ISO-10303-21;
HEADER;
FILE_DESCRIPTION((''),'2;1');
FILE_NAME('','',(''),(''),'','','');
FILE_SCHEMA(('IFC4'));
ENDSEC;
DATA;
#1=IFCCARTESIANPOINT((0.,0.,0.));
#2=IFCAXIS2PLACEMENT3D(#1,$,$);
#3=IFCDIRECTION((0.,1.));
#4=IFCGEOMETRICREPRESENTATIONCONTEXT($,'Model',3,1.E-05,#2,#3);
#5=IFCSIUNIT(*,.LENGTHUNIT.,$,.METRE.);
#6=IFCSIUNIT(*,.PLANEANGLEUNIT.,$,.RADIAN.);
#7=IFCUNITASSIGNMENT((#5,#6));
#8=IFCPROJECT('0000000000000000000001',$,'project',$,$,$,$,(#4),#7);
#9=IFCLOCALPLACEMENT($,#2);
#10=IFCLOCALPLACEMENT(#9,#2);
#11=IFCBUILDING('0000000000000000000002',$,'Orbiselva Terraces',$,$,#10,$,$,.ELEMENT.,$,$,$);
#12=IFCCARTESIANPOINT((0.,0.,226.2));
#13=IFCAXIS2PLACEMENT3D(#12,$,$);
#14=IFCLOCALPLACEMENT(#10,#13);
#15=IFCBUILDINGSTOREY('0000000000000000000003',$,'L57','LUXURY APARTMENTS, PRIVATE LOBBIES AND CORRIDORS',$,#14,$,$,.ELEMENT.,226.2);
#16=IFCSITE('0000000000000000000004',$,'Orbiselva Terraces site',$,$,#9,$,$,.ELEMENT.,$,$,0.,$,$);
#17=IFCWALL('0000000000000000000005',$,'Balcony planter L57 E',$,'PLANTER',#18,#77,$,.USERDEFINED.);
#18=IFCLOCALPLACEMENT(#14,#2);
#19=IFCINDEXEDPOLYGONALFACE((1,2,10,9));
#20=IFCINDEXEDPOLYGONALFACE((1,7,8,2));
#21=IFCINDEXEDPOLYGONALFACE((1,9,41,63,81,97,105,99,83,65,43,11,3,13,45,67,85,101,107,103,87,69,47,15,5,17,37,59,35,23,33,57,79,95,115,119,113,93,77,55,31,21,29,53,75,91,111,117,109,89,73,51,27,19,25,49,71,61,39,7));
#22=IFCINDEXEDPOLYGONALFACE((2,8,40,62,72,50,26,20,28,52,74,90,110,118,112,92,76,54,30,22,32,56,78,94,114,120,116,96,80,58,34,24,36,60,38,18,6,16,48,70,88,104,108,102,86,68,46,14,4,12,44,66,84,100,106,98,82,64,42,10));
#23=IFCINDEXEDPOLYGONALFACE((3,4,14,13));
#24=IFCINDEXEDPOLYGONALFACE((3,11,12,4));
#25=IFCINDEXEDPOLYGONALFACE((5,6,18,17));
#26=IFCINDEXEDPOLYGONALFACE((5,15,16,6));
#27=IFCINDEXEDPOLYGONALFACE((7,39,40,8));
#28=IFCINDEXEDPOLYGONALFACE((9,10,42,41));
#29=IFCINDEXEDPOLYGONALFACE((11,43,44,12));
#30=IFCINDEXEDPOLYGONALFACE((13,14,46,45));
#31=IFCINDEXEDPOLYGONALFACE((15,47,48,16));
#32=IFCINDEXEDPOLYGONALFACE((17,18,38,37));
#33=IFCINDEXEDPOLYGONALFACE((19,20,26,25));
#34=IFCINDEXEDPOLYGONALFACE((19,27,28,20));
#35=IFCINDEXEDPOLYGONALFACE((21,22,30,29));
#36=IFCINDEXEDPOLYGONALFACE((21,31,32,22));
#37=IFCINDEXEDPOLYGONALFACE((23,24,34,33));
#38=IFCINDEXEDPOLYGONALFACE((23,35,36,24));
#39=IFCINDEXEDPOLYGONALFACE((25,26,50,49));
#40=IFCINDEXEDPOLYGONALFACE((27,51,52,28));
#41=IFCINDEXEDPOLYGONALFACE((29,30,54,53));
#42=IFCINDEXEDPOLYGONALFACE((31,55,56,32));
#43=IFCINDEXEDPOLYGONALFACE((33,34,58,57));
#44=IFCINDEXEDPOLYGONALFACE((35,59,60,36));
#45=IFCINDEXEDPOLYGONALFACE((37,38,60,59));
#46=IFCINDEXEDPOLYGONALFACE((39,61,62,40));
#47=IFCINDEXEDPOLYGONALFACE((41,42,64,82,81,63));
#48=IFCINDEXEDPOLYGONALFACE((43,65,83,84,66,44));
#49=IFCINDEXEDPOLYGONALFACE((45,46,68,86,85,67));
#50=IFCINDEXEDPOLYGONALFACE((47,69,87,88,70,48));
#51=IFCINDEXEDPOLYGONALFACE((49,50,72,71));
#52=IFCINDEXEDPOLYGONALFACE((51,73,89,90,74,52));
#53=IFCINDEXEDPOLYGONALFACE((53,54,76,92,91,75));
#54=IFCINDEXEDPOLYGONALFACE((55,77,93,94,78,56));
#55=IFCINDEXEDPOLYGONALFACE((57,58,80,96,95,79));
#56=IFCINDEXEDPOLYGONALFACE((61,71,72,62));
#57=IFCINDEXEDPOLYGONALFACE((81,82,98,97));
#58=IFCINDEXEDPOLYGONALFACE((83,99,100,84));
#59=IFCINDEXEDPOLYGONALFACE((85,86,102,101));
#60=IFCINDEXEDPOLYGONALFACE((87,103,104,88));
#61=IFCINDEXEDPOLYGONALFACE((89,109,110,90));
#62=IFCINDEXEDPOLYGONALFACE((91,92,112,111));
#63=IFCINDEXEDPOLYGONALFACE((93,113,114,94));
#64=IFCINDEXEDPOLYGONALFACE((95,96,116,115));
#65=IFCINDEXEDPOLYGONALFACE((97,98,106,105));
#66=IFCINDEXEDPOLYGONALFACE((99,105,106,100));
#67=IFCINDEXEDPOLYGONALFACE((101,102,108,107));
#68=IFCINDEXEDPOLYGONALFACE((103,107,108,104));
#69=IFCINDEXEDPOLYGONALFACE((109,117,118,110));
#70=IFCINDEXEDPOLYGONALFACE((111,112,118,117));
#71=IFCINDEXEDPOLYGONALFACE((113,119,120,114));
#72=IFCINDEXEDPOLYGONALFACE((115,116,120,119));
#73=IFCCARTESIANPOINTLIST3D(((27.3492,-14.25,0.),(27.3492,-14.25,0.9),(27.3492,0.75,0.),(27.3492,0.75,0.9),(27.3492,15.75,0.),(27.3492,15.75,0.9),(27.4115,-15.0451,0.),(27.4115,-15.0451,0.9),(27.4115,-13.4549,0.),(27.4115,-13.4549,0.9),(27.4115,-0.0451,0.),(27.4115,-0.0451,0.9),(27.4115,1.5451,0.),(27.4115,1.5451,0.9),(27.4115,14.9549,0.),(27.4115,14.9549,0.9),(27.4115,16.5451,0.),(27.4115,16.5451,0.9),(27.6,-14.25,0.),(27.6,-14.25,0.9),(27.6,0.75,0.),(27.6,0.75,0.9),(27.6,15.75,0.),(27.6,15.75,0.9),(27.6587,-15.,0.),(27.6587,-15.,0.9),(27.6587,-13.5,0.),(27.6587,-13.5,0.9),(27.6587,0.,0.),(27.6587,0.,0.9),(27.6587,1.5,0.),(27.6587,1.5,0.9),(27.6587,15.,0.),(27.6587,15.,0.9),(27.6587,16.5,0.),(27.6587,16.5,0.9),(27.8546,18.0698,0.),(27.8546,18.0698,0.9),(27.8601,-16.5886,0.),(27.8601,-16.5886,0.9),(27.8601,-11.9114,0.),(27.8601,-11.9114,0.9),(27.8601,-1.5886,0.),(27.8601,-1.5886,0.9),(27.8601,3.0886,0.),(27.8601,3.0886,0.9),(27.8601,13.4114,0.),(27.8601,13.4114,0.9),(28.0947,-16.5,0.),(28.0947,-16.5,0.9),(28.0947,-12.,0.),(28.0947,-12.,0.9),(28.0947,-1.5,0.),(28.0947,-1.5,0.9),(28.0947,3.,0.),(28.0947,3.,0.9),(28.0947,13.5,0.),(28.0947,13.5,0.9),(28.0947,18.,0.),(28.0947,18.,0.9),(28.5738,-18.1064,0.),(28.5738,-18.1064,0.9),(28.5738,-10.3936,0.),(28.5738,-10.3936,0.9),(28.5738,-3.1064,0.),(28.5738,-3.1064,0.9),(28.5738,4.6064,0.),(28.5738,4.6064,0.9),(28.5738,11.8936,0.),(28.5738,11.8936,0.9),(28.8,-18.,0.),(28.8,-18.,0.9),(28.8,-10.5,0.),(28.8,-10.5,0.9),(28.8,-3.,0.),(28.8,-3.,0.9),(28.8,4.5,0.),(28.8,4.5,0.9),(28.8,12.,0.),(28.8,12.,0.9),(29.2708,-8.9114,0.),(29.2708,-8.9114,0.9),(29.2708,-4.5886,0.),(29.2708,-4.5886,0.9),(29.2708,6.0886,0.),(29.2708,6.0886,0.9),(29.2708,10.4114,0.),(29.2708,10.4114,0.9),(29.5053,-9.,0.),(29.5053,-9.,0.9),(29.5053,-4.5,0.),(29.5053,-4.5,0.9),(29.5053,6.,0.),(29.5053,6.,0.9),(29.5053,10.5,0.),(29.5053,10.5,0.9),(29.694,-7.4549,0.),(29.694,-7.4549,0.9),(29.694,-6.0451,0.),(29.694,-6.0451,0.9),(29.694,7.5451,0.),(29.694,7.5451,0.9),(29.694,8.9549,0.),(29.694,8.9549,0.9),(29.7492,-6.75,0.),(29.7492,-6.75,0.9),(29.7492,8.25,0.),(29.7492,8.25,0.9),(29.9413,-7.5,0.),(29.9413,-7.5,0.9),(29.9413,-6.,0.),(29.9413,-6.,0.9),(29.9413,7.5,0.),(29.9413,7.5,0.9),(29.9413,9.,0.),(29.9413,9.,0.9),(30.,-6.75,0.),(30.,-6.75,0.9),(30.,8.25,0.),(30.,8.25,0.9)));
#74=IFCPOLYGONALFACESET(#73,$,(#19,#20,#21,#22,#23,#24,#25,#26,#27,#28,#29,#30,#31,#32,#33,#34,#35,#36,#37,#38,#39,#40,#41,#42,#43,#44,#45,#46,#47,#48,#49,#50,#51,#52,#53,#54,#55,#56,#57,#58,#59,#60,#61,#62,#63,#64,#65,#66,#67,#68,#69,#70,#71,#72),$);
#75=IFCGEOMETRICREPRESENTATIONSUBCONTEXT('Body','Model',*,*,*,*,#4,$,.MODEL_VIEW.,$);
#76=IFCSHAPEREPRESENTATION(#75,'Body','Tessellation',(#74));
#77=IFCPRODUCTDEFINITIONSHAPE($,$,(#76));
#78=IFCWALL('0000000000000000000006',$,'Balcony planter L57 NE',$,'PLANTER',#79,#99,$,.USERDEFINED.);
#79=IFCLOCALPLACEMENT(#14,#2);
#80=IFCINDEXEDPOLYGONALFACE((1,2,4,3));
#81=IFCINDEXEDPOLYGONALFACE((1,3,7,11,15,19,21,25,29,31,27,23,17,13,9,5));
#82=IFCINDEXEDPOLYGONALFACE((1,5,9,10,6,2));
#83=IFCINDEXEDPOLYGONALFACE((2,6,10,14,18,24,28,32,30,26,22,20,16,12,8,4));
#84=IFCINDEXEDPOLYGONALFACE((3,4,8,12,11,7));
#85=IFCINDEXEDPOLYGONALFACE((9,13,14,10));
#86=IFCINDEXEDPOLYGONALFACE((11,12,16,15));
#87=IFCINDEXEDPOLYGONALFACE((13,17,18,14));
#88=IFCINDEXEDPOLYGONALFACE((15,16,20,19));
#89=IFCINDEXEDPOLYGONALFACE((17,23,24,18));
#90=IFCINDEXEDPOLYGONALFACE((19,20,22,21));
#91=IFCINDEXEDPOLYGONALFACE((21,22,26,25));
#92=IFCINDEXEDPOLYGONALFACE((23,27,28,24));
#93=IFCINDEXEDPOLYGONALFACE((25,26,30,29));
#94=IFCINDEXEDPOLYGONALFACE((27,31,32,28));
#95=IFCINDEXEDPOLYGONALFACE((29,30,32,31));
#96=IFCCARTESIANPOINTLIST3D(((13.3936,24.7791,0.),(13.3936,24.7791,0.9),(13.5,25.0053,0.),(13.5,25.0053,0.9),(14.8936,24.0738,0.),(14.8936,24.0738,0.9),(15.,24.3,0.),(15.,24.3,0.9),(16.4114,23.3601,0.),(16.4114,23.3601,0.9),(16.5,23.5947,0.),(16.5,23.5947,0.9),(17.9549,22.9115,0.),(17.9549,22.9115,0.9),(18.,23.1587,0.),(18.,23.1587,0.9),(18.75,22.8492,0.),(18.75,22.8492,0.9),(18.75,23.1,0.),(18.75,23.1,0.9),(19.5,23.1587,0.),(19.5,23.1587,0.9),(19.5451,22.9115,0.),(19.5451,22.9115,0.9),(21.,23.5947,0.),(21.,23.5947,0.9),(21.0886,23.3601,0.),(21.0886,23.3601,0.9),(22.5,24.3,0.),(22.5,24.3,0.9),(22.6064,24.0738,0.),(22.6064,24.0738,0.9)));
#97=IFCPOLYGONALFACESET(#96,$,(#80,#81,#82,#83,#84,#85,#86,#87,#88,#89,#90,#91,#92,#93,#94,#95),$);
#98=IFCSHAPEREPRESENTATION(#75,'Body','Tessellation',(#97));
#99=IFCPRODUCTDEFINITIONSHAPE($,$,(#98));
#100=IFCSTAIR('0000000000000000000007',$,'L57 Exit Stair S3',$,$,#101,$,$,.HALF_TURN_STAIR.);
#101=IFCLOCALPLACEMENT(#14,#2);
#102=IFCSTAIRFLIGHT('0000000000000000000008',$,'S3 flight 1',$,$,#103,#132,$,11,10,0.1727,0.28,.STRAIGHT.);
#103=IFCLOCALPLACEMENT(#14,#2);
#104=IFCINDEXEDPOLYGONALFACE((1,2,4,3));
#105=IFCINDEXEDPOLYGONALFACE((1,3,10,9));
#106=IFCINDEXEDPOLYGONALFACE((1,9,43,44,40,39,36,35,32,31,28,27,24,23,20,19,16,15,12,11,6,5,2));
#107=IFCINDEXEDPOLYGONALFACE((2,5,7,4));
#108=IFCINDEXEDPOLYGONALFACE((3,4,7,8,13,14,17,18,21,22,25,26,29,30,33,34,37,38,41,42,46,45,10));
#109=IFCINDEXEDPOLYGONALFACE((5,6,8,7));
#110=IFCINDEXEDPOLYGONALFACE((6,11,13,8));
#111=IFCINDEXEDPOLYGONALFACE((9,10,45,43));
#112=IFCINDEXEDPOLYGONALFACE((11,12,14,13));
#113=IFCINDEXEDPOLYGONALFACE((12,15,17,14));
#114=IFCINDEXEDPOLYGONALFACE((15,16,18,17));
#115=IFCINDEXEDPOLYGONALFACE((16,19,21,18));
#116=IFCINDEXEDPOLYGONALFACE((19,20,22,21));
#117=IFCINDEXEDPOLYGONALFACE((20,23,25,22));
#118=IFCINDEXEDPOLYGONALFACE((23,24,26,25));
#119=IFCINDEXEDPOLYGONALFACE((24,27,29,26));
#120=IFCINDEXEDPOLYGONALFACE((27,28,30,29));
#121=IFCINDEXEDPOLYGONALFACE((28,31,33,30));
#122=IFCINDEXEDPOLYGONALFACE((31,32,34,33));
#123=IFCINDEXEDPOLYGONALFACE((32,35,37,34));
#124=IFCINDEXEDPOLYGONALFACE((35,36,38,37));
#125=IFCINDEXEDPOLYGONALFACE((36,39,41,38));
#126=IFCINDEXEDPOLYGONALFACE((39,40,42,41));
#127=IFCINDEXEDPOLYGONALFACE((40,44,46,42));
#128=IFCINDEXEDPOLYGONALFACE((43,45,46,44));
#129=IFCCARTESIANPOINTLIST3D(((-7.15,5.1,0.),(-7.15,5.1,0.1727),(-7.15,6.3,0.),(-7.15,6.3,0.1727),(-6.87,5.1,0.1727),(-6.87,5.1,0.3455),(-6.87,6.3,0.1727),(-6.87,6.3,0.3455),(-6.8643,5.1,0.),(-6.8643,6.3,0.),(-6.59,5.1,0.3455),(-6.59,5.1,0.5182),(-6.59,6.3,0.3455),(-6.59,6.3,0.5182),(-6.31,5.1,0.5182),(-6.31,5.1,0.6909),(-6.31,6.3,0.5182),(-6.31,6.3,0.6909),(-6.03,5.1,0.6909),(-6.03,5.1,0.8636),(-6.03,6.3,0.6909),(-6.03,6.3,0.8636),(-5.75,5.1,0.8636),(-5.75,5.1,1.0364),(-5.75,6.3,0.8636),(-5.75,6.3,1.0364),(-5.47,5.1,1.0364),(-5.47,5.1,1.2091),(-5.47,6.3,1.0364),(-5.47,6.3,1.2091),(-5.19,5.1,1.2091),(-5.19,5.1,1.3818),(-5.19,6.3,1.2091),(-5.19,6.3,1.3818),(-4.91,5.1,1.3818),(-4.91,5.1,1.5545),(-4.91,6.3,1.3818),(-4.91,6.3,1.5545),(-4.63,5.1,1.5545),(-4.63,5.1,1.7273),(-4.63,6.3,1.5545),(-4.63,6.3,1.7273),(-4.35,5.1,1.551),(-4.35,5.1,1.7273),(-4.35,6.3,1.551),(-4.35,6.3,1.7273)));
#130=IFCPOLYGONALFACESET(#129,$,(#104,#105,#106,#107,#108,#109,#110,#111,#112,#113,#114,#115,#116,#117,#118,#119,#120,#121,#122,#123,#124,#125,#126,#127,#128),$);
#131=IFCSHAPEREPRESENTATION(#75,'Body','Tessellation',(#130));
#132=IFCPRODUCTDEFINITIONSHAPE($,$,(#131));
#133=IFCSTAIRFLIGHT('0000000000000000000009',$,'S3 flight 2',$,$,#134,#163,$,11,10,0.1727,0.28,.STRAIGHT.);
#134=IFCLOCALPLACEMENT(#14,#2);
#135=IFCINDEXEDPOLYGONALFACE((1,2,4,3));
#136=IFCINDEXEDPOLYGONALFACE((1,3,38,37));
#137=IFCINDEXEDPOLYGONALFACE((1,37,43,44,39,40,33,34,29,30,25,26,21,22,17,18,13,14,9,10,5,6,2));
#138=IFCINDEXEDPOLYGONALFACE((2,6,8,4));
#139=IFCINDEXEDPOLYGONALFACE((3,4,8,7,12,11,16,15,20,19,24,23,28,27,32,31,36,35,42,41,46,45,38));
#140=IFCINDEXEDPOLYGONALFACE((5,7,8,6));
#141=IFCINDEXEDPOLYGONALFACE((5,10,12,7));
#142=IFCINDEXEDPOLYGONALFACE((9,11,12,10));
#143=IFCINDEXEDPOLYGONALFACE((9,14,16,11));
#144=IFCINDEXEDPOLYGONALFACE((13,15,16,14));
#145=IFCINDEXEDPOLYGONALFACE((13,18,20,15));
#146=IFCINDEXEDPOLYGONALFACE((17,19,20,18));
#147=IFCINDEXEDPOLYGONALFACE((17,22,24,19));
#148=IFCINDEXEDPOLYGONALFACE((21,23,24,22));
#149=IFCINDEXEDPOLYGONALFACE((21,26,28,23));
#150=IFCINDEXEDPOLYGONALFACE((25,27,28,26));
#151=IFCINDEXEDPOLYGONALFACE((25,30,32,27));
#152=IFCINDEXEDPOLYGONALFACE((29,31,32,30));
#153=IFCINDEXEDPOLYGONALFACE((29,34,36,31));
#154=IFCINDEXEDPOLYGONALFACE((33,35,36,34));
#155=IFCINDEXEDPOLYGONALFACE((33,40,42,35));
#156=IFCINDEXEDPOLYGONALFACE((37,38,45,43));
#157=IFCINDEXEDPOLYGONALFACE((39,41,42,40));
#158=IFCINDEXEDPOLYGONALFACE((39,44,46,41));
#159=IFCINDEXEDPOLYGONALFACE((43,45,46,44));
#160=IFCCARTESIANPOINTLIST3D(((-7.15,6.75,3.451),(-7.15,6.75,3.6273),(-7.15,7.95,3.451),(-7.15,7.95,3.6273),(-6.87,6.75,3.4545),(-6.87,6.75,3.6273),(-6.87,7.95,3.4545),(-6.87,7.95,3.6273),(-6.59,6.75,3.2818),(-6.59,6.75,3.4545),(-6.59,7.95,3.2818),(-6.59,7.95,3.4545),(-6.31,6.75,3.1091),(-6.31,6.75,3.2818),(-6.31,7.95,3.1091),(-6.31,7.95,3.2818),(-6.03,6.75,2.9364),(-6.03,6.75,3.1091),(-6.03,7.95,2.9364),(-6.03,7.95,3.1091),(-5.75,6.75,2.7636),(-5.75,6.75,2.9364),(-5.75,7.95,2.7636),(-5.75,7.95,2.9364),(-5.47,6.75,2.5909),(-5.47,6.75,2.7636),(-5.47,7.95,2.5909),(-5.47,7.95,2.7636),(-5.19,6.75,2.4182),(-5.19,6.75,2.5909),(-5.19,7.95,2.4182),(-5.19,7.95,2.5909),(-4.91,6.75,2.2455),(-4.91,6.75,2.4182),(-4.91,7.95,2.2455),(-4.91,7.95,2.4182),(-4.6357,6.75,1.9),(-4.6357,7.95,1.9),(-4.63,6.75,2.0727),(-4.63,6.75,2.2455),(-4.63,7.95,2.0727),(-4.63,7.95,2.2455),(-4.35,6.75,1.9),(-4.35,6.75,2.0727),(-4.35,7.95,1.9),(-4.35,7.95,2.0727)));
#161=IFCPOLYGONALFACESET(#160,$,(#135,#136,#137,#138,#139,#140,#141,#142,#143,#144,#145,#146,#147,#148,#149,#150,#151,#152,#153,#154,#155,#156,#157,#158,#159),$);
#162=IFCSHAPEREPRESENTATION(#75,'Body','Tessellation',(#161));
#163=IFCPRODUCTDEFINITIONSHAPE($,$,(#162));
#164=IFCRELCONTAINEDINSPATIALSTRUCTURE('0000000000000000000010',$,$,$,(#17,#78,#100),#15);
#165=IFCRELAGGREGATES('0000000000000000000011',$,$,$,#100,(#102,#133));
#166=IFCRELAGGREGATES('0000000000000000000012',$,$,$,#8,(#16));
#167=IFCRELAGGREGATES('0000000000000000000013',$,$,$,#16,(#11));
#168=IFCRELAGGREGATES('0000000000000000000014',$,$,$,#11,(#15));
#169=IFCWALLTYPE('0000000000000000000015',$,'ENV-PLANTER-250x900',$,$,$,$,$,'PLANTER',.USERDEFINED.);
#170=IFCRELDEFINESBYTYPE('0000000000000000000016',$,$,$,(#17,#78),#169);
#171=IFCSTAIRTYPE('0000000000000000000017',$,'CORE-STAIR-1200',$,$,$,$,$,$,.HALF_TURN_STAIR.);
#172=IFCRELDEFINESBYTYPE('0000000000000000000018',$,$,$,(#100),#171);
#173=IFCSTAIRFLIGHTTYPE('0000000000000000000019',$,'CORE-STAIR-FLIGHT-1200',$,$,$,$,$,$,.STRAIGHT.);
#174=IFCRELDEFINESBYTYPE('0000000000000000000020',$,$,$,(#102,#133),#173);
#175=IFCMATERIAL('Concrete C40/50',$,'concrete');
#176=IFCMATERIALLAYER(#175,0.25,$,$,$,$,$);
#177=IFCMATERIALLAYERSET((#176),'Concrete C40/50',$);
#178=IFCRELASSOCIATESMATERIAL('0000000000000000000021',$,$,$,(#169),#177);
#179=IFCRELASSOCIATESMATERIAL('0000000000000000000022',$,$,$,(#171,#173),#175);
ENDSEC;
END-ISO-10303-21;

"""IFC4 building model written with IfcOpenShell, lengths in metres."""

from ifc_helpers import new_model, si_unit, direction, frame, origin, place, context, subcontext, project, spatial, polyline, outline, extrude, material, layer, layer_set, type_object, element, aggregate, save


model = new_model("IFC4")

# Units and contexts
model_context = context("Model", 3, precision=1e-05, world=origin(), true_north=direction((0.0, 1.0)))
body_context = subcontext(model_context, "Body", "Model", "MODEL_VIEW")
ifc_project = project(units=[si_unit("LENGTHUNIT", "METRE"), si_unit("PLANEANGLEUNIT", "RADIAN")], contexts=[model_context])

# Site, building, storey
site_placement = place(None, origin())
site = spatial("IfcSite", under=ifc_project, at=site_placement, Name="Orbiselva Terraces site", CompositionType="ELEMENT", RefElevation=0.0)
building_placement = place(site_placement, origin())
building = spatial("IfcBuilding", under=site, at=building_placement, Name="Orbiselva Terraces", CompositionType="ELEMENT")
storey_placement = place(building_placement, frame((0.0, 0.0, 226.2)))
storey = spatial("IfcBuildingStorey", under=building, at=storey_placement, Name="L57", Description="LUXURY APARTMENTS, PRIVATE LOBBIES AND CORRIDORS", CompositionType="ELEMENT", Elevation=226.2)

# Walls
ifc_material_1 = material(Name="Concrete C40/50", Category="concrete")
ifc_layer_1 = layer(ifc_material_1, 0.25)
ifc_layer_set_1 = layer_set([ifc_layer_1], Name="Concrete C40/50")
wall_type_1 = type_object("IfcWallType", Name="ENV-PLANTER-250x900", ElementType="PLANTER", PredefinedType="USERDEFINED", material=ifc_layer_set_1)
wall_1_placement = place(storey_placement, origin())
element("IfcWall", 1, at=wall_1_placement, inside=storey, type_object=wall_type_1, Name="Balcony planter L57 E", ObjectType="PLANTER", PredefinedType="USERDEFINED", context=body_context, shape_type="SweptSolid", body=[
    extrude(outline(polyline([(28.8, -18.0), (28.0947, -16.5), (27.6587, -15.0), (27.6, -14.25), (27.6587, -13.5), (28.0947, -12.0), (28.8, -10.5), (29.5053, -9.0), (29.9413, -7.5), (30.0, -6.75), (29.9413, -6.0), (29.5053, -4.5), (28.8, -3.0), (28.0947, -1.5), (27.6587, 0.0), (27.6, 0.75), (27.6587, 1.5), (28.0947, 3.0), (28.8, 4.5), (29.5053, 6.0), (29.9413, 7.5), (30.0, 8.25), (29.9413, 9.0), (29.5053, 10.5), (28.8, 12.0), (28.0947, 13.5), (27.6587, 15.0), (27.6, 15.75), (27.6587, 16.5), (28.0947, 18.0), (27.8546, 18.0698), (27.4115, 16.5451), (27.3492, 15.75), (27.4115, 14.9549), (27.8601, 13.4114), (28.5738, 11.8936), (29.2708, 10.4114), (29.694, 8.9549), (29.7492, 8.25), (29.694, 7.5451), (29.2708, 6.0886), (28.5738, 4.6064), (27.8601, 3.0886), (27.4115, 1.5451), (27.3492, 0.75), (27.4115, -0.0451), (27.8601, -1.5886), (28.5738, -3.1064), (29.2708, -4.5886), (29.694, -6.0451), (29.7492, -6.75), (29.694, -7.4549), (29.2708, -8.9114), (28.5738, -10.3936), (27.8601, -11.9114), (27.4115, -13.4549), (27.3492, -14.25), (27.4115, -15.0451), (27.8601, -16.5886), (28.5738, -18.1064), (28.8, -18.0)])), origin(), (0.0, 0.0, 1.0), 0.9),
])
wall_2_placement = place(storey_placement, origin())
element("IfcWall", 2, at=wall_2_placement, inside=storey, type_object=wall_type_1, Name="Balcony planter L57 NE", ObjectType="PLANTER", PredefinedType="USERDEFINED", context=body_context, shape_type="SweptSolid", body=[
    extrude(outline(polyline([(22.5, 24.3), (21.0, 23.5947), (19.5, 23.1587), (18.75, 23.1), (18.0, 23.1587), (16.5, 23.5947), (15.0, 24.3), (13.5, 25.0053), (13.3936, 24.7791), (14.8936, 24.0738), (16.4114, 23.3601), (17.9549, 22.9115), (18.75, 22.8492), (19.5451, 22.9115), (21.0886, 23.3601), (22.6064, 24.0738), (22.5, 24.3)])), origin(), (0.0, 0.0, 1.0), 0.9),
])

# Stair, stair flights
stair_type = type_object("IfcStairType", Name="CORE-STAIR-1200", PredefinedType="HALF_TURN_STAIR", material=ifc_material_1)
stair_placement = place(storey_placement, origin())
stair = element("IfcStair", 3, at=stair_placement, inside=storey, type_object=stair_type, Name="L57 Exit Stair S3", PredefinedType="HALF_TURN_STAIR")
stair_flight_type = type_object("IfcStairFlightType", Name="CORE-STAIR-FLIGHT-1200", PredefinedType="STRAIGHT", material=ifc_material_1)
stair_flight_1_placement = place(storey_placement, frame((-7.15, 5.7, 0.0), z_axis=(0.0, 0.0, 1.0), x_axis=(1.0, 0.0, 0.0)))
stair_flight_1 = element("IfcStairFlight", 4, at=stair_flight_1_placement, type_object=stair_flight_type, Name="S3 flight 1", NumberOfRisers=11, NumberOfTreads=10, PredefinedType="STRAIGHT", RiserHeight=0.1727, TreadLength=0.28, context=body_context, shape_type="SweptSolid", body=[
    extrude(outline(polyline([(0.0, 0.0), (0.0, 0.1727), (0.28, 0.1727), (0.28, 0.3455), (0.56, 0.3455), (0.56, 0.5182), (0.84, 0.5182), (0.84, 0.6909), (1.12, 0.6909), (1.12, 0.8636), (1.4, 0.8636), (1.4, 1.0364), (1.68, 1.0364), (1.68, 1.2091), (1.96, 1.2091), (1.96, 1.3818), (2.24, 1.3818), (2.24, 1.5545), (2.52, 1.5545), (2.52, 1.7273), (2.8, 1.7273), (2.8, 1.9), (2.8, 1.551), (0.2857, 0.0), (0.0, 0.0)])), frame((0.0, 0.6, 0.0), z_axis=(0.0, -1.0, 0.0), x_axis=(1.0, 0.0, 0.0)), (0.0, 0.0, 1.0), 1.2),
])
stair_flight_2_placement = place(storey_placement, frame((-4.35, 7.35, 1.9), z_axis=(0.0, 0.0, 1.0), x_axis=(-1.0, 0.0, 0.0)))
stair_flight_2 = element("IfcStairFlight", 5, at=stair_flight_2_placement, type_object=stair_flight_type, Name="S3 flight 2", NumberOfRisers=11, NumberOfTreads=10, PredefinedType="STRAIGHT", RiserHeight=0.1727, TreadLength=0.28, context=body_context, shape_type="SweptSolid", body=[
    extrude(outline(polyline([(0.0, 0.0), (0.0, 0.1727), (0.28, 0.1727), (0.28, 0.3455), (0.56, 0.3455), (0.56, 0.5182), (0.84, 0.5182), (0.84, 0.6909), (1.12, 0.6909), (1.12, 0.8636), (1.4, 0.8636), (1.4, 1.0364), (1.68, 1.0364), (1.68, 1.2091), (1.96, 1.2091), (1.96, 1.3818), (2.24, 1.3818), (2.24, 1.5545), (2.52, 1.5545), (2.52, 1.7273), (2.8, 1.7273), (2.8, 1.9), (2.8, 1.551), (0.2857, 0.0), (0.0, 0.0)])), frame((0.0, 0.6, 0.0), z_axis=(0.0, -1.0, 0.0), x_axis=(1.0, 0.0, 0.0)), (0.0, 0.0, 1.0), 1.2),
])
aggregate(stair, [stair_flight_1, stair_flight_2])

save(model, "model.ifc")
